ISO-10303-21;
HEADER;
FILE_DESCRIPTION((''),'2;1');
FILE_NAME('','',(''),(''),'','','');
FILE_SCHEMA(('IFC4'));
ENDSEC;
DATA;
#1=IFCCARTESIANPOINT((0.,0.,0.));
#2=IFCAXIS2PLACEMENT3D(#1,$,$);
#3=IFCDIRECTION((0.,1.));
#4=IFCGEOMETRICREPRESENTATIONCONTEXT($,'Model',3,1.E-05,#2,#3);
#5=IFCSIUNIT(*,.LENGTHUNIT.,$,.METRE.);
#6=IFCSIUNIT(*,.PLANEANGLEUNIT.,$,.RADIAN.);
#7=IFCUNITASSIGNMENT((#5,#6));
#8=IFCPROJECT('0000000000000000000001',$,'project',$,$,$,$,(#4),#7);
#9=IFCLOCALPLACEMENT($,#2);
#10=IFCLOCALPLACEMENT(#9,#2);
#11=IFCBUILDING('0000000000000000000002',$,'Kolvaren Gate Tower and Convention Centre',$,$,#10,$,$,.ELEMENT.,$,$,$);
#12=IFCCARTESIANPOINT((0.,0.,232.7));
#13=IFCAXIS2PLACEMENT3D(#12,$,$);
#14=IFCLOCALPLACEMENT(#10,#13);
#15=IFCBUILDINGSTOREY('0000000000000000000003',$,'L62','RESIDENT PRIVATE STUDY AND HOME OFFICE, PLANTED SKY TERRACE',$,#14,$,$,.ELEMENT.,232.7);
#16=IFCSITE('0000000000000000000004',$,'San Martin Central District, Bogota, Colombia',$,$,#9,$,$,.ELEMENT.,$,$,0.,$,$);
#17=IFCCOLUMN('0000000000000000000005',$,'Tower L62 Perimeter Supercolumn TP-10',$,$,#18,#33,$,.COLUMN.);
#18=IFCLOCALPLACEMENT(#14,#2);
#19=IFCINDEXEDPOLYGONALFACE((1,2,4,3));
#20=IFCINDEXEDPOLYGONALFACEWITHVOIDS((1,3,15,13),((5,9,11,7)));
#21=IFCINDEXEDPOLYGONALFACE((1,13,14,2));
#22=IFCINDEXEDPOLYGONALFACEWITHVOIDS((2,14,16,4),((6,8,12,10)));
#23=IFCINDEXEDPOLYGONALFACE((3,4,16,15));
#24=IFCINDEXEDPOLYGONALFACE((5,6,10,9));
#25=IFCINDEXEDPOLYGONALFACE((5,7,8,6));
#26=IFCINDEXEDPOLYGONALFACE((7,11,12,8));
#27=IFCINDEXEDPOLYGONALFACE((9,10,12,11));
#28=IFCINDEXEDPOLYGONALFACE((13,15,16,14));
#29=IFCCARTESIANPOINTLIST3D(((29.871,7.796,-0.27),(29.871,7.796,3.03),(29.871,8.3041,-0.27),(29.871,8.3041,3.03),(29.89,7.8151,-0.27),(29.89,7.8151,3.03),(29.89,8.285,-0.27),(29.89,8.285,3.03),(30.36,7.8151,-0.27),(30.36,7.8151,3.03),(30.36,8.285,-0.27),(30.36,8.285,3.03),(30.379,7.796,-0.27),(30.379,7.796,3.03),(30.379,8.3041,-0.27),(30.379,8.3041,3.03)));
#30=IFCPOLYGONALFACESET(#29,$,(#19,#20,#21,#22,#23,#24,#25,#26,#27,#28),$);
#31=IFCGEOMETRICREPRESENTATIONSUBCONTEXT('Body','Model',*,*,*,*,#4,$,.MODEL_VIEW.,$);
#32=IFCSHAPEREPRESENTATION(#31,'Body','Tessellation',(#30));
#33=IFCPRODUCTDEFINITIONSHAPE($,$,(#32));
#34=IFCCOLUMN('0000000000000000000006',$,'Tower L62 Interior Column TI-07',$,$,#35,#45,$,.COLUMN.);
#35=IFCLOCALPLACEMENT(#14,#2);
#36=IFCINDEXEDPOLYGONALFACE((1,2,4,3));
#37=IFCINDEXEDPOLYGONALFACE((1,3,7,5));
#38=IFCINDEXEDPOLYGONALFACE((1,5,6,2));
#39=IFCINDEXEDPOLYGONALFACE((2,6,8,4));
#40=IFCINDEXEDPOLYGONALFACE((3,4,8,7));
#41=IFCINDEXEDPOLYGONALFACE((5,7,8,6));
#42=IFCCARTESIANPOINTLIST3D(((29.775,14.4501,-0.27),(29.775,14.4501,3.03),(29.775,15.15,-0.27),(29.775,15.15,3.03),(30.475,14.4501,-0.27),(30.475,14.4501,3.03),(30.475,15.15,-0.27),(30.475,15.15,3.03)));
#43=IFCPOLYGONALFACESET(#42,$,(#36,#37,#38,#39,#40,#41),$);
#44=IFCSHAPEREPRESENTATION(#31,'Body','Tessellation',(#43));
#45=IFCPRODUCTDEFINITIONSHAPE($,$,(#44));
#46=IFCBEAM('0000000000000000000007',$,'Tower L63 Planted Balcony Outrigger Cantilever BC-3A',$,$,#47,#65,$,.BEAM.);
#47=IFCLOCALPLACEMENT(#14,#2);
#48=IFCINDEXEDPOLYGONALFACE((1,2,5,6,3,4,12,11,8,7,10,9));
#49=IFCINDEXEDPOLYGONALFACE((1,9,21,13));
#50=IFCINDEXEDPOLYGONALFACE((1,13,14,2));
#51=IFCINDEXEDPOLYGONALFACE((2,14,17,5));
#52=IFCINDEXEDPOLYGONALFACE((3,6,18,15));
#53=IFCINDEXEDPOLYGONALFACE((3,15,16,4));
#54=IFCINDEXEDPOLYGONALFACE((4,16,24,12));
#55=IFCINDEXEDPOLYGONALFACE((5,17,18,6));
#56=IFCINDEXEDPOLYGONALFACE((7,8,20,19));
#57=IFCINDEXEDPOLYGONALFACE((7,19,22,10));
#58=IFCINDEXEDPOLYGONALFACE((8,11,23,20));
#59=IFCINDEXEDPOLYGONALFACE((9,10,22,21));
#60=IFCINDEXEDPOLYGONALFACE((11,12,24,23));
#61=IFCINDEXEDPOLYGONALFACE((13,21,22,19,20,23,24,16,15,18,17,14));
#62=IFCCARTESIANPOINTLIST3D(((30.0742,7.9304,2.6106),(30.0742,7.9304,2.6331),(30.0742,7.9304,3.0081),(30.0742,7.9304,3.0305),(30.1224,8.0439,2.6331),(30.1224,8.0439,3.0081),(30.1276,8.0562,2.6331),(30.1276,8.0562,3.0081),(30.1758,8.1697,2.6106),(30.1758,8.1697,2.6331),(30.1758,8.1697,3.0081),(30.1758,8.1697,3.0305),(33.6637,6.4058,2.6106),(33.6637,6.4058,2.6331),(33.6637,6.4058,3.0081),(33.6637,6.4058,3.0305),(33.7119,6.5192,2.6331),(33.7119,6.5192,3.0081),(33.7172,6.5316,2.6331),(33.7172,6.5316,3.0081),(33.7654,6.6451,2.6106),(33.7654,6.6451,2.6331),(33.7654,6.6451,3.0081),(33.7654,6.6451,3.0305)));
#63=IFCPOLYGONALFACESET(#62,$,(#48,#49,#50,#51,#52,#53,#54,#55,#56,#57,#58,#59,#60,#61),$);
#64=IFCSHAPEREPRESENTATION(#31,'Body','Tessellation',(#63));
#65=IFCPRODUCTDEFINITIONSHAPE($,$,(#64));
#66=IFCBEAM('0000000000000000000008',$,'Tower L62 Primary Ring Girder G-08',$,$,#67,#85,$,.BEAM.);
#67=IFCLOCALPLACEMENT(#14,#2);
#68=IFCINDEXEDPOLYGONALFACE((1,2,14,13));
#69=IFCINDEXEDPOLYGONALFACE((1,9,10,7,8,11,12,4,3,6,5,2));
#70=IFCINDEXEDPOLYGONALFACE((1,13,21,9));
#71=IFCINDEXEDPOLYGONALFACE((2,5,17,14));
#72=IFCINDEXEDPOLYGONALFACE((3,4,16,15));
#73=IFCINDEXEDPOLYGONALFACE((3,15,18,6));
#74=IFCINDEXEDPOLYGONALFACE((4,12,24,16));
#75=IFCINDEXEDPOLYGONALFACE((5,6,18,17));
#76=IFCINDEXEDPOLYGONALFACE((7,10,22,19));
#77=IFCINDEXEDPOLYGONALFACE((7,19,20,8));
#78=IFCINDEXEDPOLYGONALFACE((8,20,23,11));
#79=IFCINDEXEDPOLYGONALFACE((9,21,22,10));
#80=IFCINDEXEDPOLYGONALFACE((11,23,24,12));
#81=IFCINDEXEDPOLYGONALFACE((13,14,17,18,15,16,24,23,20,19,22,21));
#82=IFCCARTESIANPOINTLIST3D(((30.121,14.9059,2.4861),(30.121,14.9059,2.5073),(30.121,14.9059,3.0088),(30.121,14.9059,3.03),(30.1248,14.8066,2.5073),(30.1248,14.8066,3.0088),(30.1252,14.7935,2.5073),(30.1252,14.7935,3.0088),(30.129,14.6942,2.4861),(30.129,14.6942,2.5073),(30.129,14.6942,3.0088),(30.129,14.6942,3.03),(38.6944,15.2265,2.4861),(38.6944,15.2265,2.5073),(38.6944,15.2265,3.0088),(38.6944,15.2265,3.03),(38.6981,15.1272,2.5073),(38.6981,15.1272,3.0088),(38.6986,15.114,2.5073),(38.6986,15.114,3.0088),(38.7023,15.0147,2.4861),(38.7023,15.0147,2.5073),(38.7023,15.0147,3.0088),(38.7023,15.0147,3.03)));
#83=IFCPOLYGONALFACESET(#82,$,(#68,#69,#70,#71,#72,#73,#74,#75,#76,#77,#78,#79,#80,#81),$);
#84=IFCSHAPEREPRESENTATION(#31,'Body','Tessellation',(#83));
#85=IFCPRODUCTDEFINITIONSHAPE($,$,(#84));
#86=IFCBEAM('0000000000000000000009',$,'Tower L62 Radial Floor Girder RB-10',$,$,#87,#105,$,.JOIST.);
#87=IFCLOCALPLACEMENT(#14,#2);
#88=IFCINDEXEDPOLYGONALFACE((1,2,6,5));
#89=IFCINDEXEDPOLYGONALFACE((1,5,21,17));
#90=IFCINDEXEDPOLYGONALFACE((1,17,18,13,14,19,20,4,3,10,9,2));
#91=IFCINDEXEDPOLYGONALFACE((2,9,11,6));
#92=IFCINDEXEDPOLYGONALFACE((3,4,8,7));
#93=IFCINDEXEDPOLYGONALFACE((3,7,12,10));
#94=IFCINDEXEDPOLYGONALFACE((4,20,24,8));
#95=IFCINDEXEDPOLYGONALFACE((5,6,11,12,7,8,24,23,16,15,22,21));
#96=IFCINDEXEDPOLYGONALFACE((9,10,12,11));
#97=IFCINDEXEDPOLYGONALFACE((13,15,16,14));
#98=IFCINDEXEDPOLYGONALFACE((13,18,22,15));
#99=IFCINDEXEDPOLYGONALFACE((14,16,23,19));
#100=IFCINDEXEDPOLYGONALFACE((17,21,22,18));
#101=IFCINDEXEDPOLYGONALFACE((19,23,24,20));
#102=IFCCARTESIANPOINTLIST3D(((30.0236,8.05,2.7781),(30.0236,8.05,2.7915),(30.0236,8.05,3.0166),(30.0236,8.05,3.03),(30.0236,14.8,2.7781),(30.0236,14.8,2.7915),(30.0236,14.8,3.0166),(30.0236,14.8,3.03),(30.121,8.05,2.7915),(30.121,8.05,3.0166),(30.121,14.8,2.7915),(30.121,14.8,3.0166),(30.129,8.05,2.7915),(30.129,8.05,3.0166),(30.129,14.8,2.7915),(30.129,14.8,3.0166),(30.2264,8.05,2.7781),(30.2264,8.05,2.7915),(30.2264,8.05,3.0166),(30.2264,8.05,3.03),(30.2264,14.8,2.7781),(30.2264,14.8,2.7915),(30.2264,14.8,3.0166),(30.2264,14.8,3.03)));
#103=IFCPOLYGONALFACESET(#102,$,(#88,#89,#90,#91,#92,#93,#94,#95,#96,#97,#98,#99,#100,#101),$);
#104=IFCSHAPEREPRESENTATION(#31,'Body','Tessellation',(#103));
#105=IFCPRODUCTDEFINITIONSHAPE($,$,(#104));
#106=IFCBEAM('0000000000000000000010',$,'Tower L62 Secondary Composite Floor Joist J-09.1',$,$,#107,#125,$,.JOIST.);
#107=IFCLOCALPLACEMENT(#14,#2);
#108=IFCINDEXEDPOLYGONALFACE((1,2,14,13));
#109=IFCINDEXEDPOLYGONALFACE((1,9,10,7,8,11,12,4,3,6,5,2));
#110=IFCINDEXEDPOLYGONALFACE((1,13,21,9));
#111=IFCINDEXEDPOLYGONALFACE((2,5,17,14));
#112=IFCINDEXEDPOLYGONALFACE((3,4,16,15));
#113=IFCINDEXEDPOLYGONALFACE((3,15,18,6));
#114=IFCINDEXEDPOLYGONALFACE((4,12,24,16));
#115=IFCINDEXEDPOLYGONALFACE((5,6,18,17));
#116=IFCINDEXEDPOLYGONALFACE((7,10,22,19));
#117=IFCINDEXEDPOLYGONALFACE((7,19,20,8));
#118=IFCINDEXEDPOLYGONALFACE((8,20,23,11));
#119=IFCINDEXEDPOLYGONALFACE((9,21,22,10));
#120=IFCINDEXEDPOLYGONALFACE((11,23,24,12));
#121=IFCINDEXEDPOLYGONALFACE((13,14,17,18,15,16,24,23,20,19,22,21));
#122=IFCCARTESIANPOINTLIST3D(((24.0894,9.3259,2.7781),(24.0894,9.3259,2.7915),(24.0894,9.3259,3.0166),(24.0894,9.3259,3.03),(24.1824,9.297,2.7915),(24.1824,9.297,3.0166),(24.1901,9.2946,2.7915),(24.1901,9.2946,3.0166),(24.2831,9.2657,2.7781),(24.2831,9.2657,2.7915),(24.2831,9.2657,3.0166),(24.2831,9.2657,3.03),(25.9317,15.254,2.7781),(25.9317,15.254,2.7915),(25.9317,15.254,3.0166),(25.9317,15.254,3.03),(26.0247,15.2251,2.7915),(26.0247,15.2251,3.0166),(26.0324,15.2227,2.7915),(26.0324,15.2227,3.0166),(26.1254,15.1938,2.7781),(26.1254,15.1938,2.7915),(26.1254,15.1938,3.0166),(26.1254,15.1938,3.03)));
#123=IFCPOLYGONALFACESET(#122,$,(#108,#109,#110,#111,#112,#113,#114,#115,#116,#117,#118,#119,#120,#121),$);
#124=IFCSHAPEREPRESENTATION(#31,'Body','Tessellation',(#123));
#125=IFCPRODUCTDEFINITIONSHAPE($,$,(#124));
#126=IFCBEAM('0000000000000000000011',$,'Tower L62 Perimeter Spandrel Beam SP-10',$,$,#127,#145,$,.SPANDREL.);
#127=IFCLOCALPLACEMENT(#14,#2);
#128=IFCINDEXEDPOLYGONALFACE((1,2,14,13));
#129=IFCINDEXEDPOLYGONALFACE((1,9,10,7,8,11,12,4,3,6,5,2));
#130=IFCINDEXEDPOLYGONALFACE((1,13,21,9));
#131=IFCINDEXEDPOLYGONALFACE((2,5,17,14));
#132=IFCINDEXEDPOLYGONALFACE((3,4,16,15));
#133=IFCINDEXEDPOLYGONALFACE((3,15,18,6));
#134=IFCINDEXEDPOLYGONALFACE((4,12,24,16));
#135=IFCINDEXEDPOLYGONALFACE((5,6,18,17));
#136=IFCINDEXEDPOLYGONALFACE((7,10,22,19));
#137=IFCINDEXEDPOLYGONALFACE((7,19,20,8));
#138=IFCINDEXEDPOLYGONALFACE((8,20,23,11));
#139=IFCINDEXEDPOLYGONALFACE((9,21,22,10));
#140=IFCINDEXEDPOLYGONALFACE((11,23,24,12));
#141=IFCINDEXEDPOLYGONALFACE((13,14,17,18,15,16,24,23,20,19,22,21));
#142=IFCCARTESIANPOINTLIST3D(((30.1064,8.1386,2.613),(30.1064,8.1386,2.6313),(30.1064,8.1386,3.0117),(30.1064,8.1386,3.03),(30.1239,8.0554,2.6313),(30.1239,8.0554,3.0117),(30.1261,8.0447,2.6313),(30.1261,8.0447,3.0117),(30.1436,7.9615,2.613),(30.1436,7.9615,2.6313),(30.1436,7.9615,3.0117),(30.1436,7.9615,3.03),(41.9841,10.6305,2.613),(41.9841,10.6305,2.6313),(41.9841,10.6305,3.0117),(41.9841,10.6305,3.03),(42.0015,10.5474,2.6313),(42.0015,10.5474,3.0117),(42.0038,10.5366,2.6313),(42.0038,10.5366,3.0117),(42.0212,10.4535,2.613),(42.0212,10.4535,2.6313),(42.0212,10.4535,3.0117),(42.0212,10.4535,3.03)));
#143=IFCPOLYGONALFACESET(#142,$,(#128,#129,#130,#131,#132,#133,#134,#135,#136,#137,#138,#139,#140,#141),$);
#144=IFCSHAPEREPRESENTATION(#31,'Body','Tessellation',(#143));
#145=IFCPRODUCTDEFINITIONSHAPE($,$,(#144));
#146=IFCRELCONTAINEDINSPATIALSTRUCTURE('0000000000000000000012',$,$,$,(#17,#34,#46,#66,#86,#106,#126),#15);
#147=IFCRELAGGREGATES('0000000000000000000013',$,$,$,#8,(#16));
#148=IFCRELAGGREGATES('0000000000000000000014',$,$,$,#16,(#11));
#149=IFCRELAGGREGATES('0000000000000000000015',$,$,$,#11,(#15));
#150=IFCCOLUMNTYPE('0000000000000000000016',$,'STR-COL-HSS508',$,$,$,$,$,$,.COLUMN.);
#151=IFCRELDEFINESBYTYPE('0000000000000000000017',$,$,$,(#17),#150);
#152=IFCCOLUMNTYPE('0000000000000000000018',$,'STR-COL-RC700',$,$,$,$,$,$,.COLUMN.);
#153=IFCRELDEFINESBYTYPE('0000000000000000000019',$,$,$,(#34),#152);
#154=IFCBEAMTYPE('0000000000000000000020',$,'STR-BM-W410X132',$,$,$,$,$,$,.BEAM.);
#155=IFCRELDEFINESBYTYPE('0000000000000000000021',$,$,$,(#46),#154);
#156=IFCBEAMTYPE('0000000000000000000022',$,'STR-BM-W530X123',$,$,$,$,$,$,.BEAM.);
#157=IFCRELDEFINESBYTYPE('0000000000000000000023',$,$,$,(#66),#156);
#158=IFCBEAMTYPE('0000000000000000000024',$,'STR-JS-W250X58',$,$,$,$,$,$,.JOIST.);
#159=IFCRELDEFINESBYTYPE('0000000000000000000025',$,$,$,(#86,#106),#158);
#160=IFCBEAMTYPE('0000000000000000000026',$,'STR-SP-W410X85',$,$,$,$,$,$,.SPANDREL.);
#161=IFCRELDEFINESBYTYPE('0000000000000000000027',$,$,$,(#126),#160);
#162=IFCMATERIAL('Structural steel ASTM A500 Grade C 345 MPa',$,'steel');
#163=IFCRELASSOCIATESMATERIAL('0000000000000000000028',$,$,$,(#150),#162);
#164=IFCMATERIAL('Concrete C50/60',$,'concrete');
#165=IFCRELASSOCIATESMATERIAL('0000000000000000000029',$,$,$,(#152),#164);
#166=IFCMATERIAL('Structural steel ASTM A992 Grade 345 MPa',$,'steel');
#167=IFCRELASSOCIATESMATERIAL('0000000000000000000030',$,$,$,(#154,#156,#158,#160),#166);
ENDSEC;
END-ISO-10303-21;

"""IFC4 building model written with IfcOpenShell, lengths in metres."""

from ifc_helpers import new_model, si_unit, direction, frame, origin, origin_2d, place, context, subcontext, project, spatial, rectangle, hollow_rectangle, i_section, extrude, material, material_profile, profile_set, type_object, element, save


model = new_model("IFC4")

# Units and contexts
model_context = context("Model", 3, precision=1e-05, world=origin(), true_north=direction((0.0, 1.0)))
body_context = subcontext(model_context, "Body", "Model", "MODEL_VIEW")
ifc_project = project(units=[si_unit("LENGTHUNIT", "METRE"), si_unit("PLANEANGLEUNIT", "RADIAN")], contexts=[model_context])

# Site, building, storey
site_placement = place(None, origin())
site = spatial("IfcSite", under=ifc_project, at=site_placement, Name="San Martin Central District, Bogota, Colombia", CompositionType="ELEMENT", RefElevation=0.0)
building_placement = place(site_placement, origin())
building = spatial("IfcBuilding", under=site, at=building_placement, Name="Kolvaren Gate Tower and Convention Centre", CompositionType="ELEMENT")
storey_placement = place(building_placement, frame((0.0, 0.0, 232.7)))
storey = spatial("IfcBuildingStorey", under=building, at=storey_placement, Name="L62", Description="RESIDENT PRIVATE STUDY AND HOME OFFICE, PLANTED SKY TERRACE", CompositionType="ELEMENT", Elevation=232.7)

# Columns
ifc_material_1 = material(Name="Structural steel ASTM A500 Grade C 345 MPa", Category="steel")
ifc_material_profile_1 = material_profile(ifc_material_1, hollow_rectangle(XDim=0.5081, YDim=0.5081, WallThickness=0.019, at=origin_2d()), Name="HSS508X508X19.1")
ifc_profile_set_1 = profile_set([ifc_material_profile_1], Name="Structural steel ASTM A500 Grade C 345 MPa")
column_type_1 = type_object("IfcColumnType", Name="STR-COL-HSS508", PredefinedType="COLUMN", material=ifc_profile_set_1)
column_1_placement = place(storey_placement, frame((30.125, 8.05, -0.27), z_axis=(0.0, 0.0, 1.0), x_axis=(1.0, 0.0, 0.0)))
element("IfcColumn", 1, at=column_1_placement, inside=storey, type_object=column_type_1, Name="Tower L62 Perimeter Supercolumn TP-10", PredefinedType="COLUMN", context=body_context, shape_type="SweptSolid", body=[
    extrude(hollow_rectangle(XDim=0.5081, YDim=0.5081, WallThickness=0.019, at=origin_2d()), origin(), (0.0, 0.0, 1.0), 3.3),
])
ifc_material_2 = material(Name="Concrete C50/60", Category="concrete")
ifc_material_profile_2 = material_profile(ifc_material_2, rectangle(XDim=0.7, YDim=0.7, at=origin_2d()), Name="RC-COL-700X700")
ifc_profile_set_2 = profile_set([ifc_material_profile_2], Name="Concrete C50/60")
column_type_2 = type_object("IfcColumnType", Name="STR-COL-RC700", PredefinedType="COLUMN", material=ifc_profile_set_2)
column_2_placement = place(storey_placement, frame((30.125, 14.8, -0.27), z_axis=(0.0, 0.0, 1.0), x_axis=(1.0, 0.0, 0.0)))
element("IfcColumn", 2, at=column_2_placement, inside=storey, type_object=column_type_2, Name="Tower L62 Interior Column TI-07", PredefinedType="COLUMN", context=body_context, shape_type="SweptSolid", body=[
    extrude(rectangle(XDim=0.7, YDim=0.7, at=origin_2d()), origin(), (0.0, 0.0, 1.0), 3.3),
])

# Beams
ifc_material_3 = material(Name="Structural steel ASTM A992 Grade 345 MPa", Category="steel")
ifc_material_profile_3 = material_profile(ifc_material_3, i_section(OverallWidth=0.26, OverallDepth=0.4199, WebThickness=0.0134, FlangeThickness=0.0225, at=origin_2d()), Name="W410X132")
ifc_profile_set_3 = profile_set([ifc_material_profile_3], Name="Structural steel ASTM A992 Grade 345 MPa")
beam_type_1 = type_object("IfcBeamType", Name="STR-BM-W410X132", PredefinedType="BEAM", material=ifc_profile_set_3)
beam_1_placement = place(storey_placement, frame((30.125, 8.05, 2.8206), z_axis=(0.920416, -0.39094, 0.0), x_axis=(0.39094, 0.920416, 0.0)))
element("IfcBeam", 3, at=beam_1_placement, inside=storey, type_object=beam_type_1, Name="Tower L63 Planted Balcony Outrigger Cantilever BC-3A", PredefinedType="BEAM", context=body_context, shape_type="SweptSolid", body=[
    extrude(i_section(OverallWidth=0.26, OverallDepth=0.4199, WebThickness=0.0134, FlangeThickness=0.0225, at=origin_2d()), origin(), (0.0, 0.0, 1.0), 3.8999),
])
ifc_material_profile_4 = material_profile(ifc_material_3, i_section(OverallWidth=0.2119, OverallDepth=0.5439, WebThickness=0.0132, FlangeThickness=0.0212, at=origin_2d()), Name="W530X123")
ifc_profile_set_4 = profile_set([ifc_material_profile_4], Name="Structural steel ASTM A992 Grade 345 MPa")
beam_type_2 = type_object("IfcBeamType", Name="STR-BM-W530X123", PredefinedType="BEAM", material=ifc_profile_set_4)
beam_2_placement = place(storey_placement, frame((30.125, 14.8, 2.7581), z_axis=(0.999302, 0.037364, 0.0), x_axis=(-0.037364, 0.999302, 0.0)))
element("IfcBeam", 4, at=beam_2_placement, inside=storey, type_object=beam_type_2, Name="Tower L62 Primary Ring Girder G-08", PredefinedType="BEAM", context=body_context, shape_type="SweptSolid", body=[
    extrude(i_section(OverallWidth=0.2119, OverallDepth=0.5439, WebThickness=0.0132, FlangeThickness=0.0212, at=origin_2d()), origin(), (0.0, 0.0, 1.0), 8.5793),
])
ifc_material_profile_5 = material_profile(ifc_material_3, i_section(OverallWidth=0.2029, OverallDepth=0.252, WebThickness=0.0081, FlangeThickness=0.0134, at=origin_2d()), Name="W250X58")
ifc_profile_set_5 = profile_set([ifc_material_profile_5], Name="Structural steel ASTM A992 Grade 345 MPa")
beam_type_3 = type_object("IfcBeamType", Name="STR-JS-W250X58", PredefinedType="JOIST", material=ifc_profile_set_5)
beam_3_placement = place(storey_placement, frame((30.125, 14.8, 2.9041), z_axis=(0.0, -1.0, 0.0), x_axis=(1.0, 0.0, 0.0)))
element("IfcBeam", 5, at=beam_3_placement, inside=storey, type_object=beam_type_3, Name="Tower L62 Radial Floor Girder RB-10", PredefinedType="JOIST", context=body_context, shape_type="SweptSolid", body=[
    extrude(i_section(OverallWidth=0.2029, OverallDepth=0.252, WebThickness=0.0081, FlangeThickness=0.0134, at=origin_2d()), origin(), (0.0, 0.0, 1.0), 6.75),
])
beam_4_placement = place(storey_placement, frame((26.0286, 15.2239, 2.9041), z_axis=(-0.296776, -0.954947, 0.0), x_axis=(0.954947, -0.296776, 0.0)))
element("IfcBeam", 6, at=beam_4_placement, inside=storey, type_object=beam_type_3, Name="Tower L62 Secondary Composite Floor Joist J-09.1", PredefinedType="JOIST", context=body_context, shape_type="SweptSolid", body=[
    extrude(i_section(OverallWidth=0.2029, OverallDepth=0.252, WebThickness=0.0081, FlangeThickness=0.0134, at=origin_2d()), origin(), (0.0, 0.0, 1.0), 6.2078),
])
ifc_material_profile_6 = material_profile(ifc_material_3, i_section(OverallWidth=0.1809, OverallDepth=0.417, WebThickness=0.011, FlangeThickness=0.0183, at=origin_2d()), Name="W410X85")
ifc_profile_set_6 = profile_set([ifc_material_profile_6], Name="Structural steel ASTM A992 Grade 345 MPa")
beam_type_4 = type_object("IfcBeamType", Name="STR-SP-W410X85", PredefinedType="SPANDREL", material=ifc_profile_set_6)
beam_5_placement = place(storey_placement, frame((30.125, 8.05, 2.8215), z_axis=(0.978693, 0.20533, 0.0), x_axis=(-0.20533, 0.978693, 0.0)))
element("IfcBeam", 7, at=beam_5_placement, inside=storey, type_object=beam_type_4, Name="Tower L62 Perimeter Spandrel Beam SP-10", PredefinedType="SPANDREL", context=body_context, shape_type="SweptSolid", body=[
    extrude(i_section(OverallWidth=0.1809, OverallDepth=0.417, WebThickness=0.011, FlangeThickness=0.0183, at=origin_2d()), origin(), (0.0, 0.0, 1.0), 12.1362),
])

save(model, "model.ifc")
